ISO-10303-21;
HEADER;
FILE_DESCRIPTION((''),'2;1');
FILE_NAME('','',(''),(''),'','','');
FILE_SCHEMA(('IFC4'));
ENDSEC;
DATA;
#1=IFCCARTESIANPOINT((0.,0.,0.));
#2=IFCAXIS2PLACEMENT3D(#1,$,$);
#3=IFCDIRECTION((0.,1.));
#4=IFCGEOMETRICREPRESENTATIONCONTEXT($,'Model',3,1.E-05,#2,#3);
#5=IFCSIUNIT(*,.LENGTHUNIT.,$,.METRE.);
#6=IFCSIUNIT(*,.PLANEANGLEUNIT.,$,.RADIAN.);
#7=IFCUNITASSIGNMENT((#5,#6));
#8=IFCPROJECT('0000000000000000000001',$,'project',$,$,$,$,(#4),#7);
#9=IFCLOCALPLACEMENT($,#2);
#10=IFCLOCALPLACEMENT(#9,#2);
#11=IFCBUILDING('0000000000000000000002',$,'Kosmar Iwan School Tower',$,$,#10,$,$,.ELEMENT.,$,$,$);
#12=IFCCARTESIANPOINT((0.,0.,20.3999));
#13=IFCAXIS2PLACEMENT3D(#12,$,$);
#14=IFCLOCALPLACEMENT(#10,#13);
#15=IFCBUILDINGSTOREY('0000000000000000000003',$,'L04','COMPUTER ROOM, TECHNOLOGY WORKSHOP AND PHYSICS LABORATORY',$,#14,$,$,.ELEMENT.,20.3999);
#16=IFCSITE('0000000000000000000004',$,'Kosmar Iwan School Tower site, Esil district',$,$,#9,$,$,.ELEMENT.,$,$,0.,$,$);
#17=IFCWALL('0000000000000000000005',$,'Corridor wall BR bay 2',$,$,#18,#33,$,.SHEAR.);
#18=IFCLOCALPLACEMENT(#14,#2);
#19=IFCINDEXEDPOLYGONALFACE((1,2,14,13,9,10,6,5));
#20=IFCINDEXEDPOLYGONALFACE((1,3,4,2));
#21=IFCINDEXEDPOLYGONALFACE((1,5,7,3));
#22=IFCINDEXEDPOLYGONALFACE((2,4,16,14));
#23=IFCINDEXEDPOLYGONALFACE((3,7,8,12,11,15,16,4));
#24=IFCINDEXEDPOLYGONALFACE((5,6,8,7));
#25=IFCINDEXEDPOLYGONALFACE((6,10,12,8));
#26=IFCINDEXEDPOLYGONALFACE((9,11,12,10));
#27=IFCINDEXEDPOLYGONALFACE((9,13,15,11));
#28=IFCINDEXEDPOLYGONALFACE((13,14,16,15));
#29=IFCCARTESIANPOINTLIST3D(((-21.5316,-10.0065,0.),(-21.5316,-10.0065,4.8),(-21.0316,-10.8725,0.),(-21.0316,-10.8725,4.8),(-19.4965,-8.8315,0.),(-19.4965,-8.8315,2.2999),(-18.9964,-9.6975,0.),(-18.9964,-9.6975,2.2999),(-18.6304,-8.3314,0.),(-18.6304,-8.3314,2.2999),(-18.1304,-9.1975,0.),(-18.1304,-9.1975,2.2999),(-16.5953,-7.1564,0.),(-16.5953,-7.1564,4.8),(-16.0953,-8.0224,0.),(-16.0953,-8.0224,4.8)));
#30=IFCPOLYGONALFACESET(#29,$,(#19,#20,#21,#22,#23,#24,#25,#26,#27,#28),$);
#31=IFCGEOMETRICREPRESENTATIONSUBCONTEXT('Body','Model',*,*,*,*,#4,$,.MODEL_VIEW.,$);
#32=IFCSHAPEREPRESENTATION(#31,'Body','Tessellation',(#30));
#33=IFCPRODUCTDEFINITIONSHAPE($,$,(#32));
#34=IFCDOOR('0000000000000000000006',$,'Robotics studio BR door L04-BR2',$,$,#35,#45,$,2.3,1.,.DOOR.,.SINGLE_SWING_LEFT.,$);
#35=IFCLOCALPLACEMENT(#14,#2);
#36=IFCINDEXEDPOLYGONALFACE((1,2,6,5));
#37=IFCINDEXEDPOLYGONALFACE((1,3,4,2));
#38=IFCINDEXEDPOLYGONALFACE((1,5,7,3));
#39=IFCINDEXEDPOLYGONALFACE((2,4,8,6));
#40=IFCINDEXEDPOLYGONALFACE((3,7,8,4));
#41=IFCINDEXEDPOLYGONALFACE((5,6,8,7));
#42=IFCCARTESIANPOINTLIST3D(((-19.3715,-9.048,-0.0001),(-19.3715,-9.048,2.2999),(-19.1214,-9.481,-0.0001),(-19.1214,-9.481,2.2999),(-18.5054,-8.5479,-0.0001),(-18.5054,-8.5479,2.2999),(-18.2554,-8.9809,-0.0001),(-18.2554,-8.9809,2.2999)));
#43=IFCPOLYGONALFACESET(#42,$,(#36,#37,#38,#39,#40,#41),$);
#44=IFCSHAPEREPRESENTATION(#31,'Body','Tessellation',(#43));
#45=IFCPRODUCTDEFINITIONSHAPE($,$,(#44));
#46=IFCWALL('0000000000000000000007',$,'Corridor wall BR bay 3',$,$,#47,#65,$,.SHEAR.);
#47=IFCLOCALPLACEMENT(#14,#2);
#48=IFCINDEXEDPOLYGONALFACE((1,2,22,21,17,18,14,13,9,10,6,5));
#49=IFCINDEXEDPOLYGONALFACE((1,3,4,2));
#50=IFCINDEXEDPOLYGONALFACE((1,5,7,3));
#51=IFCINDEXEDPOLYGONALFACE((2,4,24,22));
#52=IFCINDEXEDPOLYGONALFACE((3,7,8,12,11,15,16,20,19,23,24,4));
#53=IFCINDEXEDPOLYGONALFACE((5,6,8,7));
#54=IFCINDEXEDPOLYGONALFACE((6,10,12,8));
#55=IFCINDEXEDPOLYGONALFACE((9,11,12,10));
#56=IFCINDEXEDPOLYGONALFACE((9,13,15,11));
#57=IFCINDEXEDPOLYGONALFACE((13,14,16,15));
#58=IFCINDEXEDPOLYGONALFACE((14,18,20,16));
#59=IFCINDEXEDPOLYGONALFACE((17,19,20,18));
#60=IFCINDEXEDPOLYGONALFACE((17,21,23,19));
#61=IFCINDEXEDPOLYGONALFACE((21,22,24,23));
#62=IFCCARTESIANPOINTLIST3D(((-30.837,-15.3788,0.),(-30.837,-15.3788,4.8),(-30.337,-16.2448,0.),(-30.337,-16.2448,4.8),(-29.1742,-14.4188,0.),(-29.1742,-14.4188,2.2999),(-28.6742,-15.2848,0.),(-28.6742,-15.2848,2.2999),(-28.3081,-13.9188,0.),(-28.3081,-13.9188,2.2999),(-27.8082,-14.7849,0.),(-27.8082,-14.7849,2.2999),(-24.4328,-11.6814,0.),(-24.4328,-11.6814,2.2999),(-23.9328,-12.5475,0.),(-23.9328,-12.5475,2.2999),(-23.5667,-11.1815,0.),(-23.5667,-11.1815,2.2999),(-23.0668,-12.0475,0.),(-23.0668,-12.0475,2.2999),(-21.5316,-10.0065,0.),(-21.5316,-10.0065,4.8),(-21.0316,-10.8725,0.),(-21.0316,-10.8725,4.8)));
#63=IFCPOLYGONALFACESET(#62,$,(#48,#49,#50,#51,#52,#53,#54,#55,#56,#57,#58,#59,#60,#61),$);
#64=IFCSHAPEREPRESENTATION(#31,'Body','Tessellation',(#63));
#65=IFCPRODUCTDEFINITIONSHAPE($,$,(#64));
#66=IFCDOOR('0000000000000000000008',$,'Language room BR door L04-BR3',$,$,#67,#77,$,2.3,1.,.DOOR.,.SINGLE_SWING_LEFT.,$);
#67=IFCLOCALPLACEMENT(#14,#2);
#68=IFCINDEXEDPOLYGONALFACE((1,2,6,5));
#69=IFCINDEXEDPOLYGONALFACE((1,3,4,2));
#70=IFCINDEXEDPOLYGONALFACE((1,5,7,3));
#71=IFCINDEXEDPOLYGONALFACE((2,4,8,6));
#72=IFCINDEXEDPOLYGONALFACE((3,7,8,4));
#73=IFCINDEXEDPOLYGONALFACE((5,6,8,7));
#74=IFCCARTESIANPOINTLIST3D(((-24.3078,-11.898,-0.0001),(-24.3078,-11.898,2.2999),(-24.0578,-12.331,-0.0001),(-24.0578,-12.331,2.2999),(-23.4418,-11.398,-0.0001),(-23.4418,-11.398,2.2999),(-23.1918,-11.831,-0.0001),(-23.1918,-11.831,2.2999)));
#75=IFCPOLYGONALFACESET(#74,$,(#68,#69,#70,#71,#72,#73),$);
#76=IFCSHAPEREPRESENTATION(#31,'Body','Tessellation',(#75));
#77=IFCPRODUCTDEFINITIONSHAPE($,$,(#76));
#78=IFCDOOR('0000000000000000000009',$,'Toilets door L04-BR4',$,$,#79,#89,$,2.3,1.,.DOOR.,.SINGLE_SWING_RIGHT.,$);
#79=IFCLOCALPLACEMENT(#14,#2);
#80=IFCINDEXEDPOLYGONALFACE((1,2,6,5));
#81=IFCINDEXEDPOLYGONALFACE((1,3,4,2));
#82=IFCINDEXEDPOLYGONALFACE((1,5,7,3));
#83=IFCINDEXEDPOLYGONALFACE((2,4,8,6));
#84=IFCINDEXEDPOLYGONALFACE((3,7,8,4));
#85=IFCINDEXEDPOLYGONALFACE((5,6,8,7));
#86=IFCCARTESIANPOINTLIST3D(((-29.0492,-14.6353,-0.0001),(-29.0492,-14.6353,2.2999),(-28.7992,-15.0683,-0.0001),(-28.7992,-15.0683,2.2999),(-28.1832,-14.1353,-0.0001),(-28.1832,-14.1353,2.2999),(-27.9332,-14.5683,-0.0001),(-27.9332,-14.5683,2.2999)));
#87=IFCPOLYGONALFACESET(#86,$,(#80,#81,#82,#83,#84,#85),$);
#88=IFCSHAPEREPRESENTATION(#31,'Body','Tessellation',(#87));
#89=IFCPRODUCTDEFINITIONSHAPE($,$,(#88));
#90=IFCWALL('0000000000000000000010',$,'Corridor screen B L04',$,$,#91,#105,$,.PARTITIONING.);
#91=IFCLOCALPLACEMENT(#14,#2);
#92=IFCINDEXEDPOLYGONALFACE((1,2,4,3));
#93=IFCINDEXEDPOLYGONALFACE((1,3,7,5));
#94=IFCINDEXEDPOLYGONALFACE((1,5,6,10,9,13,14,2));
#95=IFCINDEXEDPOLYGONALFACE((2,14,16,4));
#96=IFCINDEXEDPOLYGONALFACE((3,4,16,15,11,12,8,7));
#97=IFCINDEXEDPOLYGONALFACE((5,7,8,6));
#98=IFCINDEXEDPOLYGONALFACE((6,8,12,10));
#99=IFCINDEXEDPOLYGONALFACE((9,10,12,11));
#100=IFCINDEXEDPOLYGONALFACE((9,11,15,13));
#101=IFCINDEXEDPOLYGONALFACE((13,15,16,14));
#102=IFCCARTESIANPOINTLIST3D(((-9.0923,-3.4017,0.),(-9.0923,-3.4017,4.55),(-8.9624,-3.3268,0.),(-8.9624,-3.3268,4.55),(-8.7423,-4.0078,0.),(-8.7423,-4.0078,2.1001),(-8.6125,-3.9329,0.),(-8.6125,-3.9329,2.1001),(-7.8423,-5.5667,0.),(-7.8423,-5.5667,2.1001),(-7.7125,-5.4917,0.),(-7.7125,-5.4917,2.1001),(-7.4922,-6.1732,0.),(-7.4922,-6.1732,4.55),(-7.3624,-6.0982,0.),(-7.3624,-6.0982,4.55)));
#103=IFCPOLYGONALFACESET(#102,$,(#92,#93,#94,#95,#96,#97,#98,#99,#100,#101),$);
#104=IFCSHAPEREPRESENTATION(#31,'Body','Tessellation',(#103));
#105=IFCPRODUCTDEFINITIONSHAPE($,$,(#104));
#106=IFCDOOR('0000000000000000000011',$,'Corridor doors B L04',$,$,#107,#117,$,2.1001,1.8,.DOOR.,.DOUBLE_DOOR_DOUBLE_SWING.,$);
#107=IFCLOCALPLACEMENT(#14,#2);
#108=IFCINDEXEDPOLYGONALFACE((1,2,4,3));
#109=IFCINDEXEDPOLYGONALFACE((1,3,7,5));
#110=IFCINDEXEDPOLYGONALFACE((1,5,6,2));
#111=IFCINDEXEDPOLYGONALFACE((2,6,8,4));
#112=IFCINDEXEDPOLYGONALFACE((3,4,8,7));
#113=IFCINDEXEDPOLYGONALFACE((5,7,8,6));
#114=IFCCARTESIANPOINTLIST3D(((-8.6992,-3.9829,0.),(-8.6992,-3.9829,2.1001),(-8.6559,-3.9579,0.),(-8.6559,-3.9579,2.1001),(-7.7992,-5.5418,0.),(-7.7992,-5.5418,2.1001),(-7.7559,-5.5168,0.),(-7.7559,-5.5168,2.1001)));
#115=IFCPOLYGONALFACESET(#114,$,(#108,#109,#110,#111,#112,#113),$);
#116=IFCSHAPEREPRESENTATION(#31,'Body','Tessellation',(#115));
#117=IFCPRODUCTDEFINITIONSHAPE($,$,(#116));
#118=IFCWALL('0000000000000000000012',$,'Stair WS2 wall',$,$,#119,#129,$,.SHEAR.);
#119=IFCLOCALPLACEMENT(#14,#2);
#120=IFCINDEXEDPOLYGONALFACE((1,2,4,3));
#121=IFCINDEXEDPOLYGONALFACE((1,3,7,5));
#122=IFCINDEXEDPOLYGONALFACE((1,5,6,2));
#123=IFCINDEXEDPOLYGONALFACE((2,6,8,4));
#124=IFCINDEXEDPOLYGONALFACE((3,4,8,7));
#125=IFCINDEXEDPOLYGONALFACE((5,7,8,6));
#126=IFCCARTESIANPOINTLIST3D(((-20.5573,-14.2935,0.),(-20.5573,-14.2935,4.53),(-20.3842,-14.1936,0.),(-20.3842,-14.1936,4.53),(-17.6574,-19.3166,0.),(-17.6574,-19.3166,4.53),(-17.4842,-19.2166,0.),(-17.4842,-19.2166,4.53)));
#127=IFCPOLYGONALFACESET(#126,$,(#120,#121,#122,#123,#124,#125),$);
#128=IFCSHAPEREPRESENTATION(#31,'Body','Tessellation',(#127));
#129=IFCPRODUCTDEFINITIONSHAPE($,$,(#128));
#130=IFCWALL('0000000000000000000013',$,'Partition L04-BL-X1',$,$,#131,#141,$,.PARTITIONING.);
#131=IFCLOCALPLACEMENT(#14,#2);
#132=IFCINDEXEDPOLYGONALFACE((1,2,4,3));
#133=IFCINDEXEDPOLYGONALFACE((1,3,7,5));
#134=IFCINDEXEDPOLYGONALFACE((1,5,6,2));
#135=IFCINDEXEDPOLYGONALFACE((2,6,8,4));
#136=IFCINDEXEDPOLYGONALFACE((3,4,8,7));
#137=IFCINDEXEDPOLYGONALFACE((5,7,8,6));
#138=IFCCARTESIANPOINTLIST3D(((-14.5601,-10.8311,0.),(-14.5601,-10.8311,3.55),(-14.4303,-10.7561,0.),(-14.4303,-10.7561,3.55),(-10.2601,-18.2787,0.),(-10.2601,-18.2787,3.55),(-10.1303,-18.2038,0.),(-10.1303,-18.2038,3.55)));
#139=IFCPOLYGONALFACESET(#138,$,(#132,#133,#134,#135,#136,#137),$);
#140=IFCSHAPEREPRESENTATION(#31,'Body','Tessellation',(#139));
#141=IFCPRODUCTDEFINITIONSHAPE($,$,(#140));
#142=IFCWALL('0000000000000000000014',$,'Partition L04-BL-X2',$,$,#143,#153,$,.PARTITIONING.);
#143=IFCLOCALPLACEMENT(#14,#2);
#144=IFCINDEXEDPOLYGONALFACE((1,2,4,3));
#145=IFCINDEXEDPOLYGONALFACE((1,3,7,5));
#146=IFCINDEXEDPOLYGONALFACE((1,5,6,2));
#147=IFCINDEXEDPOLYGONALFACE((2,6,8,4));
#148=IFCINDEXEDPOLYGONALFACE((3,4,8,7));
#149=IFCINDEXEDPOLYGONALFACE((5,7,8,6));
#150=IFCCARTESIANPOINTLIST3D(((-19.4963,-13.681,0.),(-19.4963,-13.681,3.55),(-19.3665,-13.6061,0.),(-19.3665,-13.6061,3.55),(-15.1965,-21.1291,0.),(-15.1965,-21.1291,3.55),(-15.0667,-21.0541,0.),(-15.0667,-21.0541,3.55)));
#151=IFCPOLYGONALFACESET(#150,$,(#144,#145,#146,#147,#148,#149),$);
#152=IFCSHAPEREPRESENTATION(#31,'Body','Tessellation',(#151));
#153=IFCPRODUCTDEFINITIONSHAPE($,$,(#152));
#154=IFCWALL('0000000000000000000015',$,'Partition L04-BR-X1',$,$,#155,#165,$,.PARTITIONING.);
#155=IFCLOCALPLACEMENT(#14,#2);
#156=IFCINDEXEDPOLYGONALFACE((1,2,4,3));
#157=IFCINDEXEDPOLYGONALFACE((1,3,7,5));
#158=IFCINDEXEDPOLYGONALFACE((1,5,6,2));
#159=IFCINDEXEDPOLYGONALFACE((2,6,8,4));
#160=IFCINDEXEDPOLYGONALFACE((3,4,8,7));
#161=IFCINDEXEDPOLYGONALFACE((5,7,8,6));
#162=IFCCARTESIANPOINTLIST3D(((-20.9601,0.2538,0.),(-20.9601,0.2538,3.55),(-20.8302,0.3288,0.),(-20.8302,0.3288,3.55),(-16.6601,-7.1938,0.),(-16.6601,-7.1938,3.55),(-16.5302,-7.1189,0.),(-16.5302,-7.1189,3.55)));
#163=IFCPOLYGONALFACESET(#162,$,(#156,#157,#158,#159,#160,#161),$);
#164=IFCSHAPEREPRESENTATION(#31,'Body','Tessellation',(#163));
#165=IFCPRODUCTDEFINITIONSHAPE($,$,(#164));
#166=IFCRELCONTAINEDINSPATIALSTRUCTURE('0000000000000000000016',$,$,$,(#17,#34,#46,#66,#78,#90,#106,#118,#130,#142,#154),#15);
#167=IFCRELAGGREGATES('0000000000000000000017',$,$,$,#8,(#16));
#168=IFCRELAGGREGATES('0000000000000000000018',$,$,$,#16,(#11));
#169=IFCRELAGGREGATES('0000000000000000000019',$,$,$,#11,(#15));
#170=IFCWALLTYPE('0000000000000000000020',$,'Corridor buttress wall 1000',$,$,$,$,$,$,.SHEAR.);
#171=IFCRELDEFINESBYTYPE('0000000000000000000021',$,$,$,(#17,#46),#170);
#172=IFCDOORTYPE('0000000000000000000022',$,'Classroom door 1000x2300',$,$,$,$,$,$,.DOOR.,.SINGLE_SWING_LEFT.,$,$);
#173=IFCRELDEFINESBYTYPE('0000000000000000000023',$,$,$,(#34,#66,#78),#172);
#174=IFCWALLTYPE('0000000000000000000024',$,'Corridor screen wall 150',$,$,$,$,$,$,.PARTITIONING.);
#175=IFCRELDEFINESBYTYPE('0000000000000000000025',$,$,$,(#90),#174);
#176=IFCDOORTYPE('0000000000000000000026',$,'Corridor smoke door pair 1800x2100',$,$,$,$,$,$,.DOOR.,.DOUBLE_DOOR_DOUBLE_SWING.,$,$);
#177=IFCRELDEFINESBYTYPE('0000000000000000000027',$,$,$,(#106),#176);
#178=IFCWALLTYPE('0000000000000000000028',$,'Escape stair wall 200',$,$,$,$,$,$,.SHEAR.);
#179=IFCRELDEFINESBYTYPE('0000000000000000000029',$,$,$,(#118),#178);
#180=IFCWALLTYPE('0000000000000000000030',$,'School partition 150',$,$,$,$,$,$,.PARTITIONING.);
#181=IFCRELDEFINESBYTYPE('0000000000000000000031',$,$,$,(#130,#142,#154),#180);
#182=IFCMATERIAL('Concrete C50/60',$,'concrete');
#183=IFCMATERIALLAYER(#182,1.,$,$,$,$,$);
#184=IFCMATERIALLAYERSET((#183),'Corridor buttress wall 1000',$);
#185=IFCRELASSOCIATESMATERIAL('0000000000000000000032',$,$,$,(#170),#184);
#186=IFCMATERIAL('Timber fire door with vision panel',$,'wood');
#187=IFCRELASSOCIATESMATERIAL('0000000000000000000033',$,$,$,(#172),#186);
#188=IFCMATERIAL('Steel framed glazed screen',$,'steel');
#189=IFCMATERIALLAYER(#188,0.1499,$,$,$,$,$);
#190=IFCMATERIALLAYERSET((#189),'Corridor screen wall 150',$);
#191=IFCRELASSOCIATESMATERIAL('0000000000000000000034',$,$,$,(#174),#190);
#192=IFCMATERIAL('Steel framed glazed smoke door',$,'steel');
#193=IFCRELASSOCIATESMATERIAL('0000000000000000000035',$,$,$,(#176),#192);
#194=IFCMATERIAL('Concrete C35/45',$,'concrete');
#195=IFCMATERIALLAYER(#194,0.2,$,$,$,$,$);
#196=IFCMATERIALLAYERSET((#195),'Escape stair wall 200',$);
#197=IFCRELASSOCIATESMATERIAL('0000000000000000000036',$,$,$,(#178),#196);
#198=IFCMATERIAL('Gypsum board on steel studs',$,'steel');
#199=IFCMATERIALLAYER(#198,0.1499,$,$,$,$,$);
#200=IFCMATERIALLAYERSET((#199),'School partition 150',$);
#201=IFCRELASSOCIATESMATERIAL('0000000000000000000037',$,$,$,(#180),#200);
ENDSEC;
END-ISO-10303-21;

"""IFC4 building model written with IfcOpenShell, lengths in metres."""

from ifc_helpers import new_model, si_unit, direction, frame, frame_2d, origin, place, context, subcontext, project, spatial, rectangle, extrude, material, layer, layer_set, type_object, element, fill, save


model = new_model("IFC4")

# Units and contexts
model_context = context("Model", 3, precision=1e-05, world=origin(), true_north=direction((0.0, 1.0)))
body_context = subcontext(model_context, "Body", "Model", "MODEL_VIEW")
ifc_project = project(units=[si_unit("LENGTHUNIT", "METRE"), si_unit("PLANEANGLEUNIT", "RADIAN")], contexts=[model_context])

# Site, building, storey
site_placement = place(None, origin())
site = spatial("IfcSite", under=ifc_project, at=site_placement, Name="Kosmar Iwan School Tower site, Esil district", CompositionType="ELEMENT", RefElevation=0.0)
building_placement = place(site_placement, origin())
building = spatial("IfcBuilding", under=site, at=building_placement, Name="Kosmar Iwan School Tower", CompositionType="ELEMENT")
storey_placement = place(building_placement, frame((0.0, 0.0, 20.3999)))
storey = spatial("IfcBuildingStorey", under=building, at=storey_placement, Name="L04", Description="COMPUTER ROOM, TECHNOLOGY WORKSHOP AND PHYSICS LABORATORY", CompositionType="ELEMENT", Elevation=20.3999)

# Shared definitions
ifc_material_1 = material(Name="Concrete C50/60", Category="concrete")
ifc_layer_1 = layer(ifc_material_1, 1.0)
ifc_layer_set_1 = layer_set([ifc_layer_1], Name="Corridor buttress wall 1000")
wall_type_1 = type_object("IfcWallType", Name="Corridor buttress wall 1000", PredefinedType="SHEAR", material=ifc_layer_set_1)
ifc_material_2 = material(Name="Timber fire door with vision panel", Category="wood")
door_type_1 = type_object("IfcDoorType", Name="Classroom door 1000x2300", OperationType="SINGLE_SWING_LEFT", PredefinedType="DOOR", material=ifc_material_2)

# Wall, opening, door
wall_1_placement = place(storey_placement, frame((-16.3452, -7.5894, 0.0), z_axis=(0.0, 0.0, 1.0), x_axis=(-0.866015, -0.500018, 0.0)))
wall_1 = element("IfcWall", 1, at=wall_1_placement, inside=storey, type_object=wall_type_1, Name="Corridor wall BR bay 2", PredefinedType="SHEAR", context=body_context, shape_type="SweptSolid", body=[
    extrude(rectangle(XDim=5.7, YDim=1.0, at=frame_2d((2.8501, 0.0))), origin(), (0.0, 0.0, 1.0), 4.8),
])
opening_1_placement = place(wall_1_placement, frame((2.3501, 0.0, 0.0)))
opening_1 = element("IfcOpeningElement", 2, at=opening_1_placement, cuts=wall_1, PredefinedType="OPENING", context=body_context, shape_type="SweptSolid", body=[
    extrude(rectangle(XDim=1.0, YDim=2.3, at=frame_2d((0.5, 1.1499))), frame((0.0, 0.512, 0.0), z_axis=(0.0, -1.0, 0.0), x_axis=(1.0, 0.0, 0.0)), (0.0, 0.0, 1.0), 1.0239),
])
door_1_placement = place(opening_1_placement, origin())
door_1 = element("IfcDoor", 3, at=door_1_placement, inside=storey, type_object=door_type_1, Name="Robotics studio BR door L04-BR2", OperationType="SINGLE_SWING_LEFT", OverallHeight=2.3, OverallWidth=1.0, PredefinedType="DOOR", context=body_context, shape_type="SweptSolid", body=[
    extrude(rectangle(XDim=1.0, YDim=2.3, at=frame_2d((0.5, 1.1499))), frame((0.0, 0.25, 0.0), z_axis=(0.0, -1.0, 0.0), x_axis=(1.0, 0.0, 0.0)), (0.0, 0.0, 1.0), 0.5),
])
fill(opening_1, door_1)

# Wall, openings, doors
wall_2_placement = place(storey_placement, frame((-21.2815, -10.4395, 0.0), z_axis=(0.0, 0.0, 1.0), x_axis=(-0.866032, -0.499988, 0.0)))
wall_2 = element("IfcWall", 4, at=wall_2_placement, inside=storey, type_object=wall_type_1, Name="Corridor wall BR bay 3", PredefinedType="SHEAR", context=body_context, shape_type="SweptSolid", body=[
    extrude(rectangle(XDim=10.7449, YDim=1.0, at=frame_2d((5.3726, 0.0))), origin(), (0.0, 0.0, 1.0), 4.8),
])
opening_2_placement = place(wall_2_placement, frame((2.3501, 0.0, 0.0)))
opening_2 = element("IfcOpeningElement", 5, at=opening_2_placement, cuts=wall_2, PredefinedType="OPENING", context=body_context, shape_type="SweptSolid", body=[
    extrude(rectangle(XDim=1.0, YDim=2.3, at=frame_2d((0.5, 1.1499))), frame((0.0, 0.512, 0.0), z_axis=(0.0, -1.0, 0.0), x_axis=(1.0, 0.0, 0.0)), (0.0, 0.0, 1.0), 1.0239),
])
opening_3_placement = place(wall_2_placement, frame((7.825, 0.0, 0.0)))
opening_3 = element("IfcOpeningElement", 6, at=opening_3_placement, cuts=wall_2, PredefinedType="OPENING", context=body_context, shape_type="SweptSolid", body=[
    extrude(rectangle(XDim=1.0, YDim=2.3, at=frame_2d((0.5, 1.1499))), frame((0.0, 0.512, 0.0), z_axis=(0.0, -1.0, 0.0), x_axis=(1.0, 0.0, 0.0)), (0.0, 0.0, 1.0), 1.0239),
])
door_2_placement = place(opening_2_placement, origin())
door_2 = element("IfcDoor", 7, at=door_2_placement, inside=storey, type_object=door_type_1, Name="Language room BR door L04-BR3", OperationType="SINGLE_SWING_LEFT", OverallHeight=2.3, OverallWidth=1.0, PredefinedType="DOOR", context=body_context, shape_type="SweptSolid", body=[
    extrude(rectangle(XDim=1.0, YDim=2.3, at=frame_2d((0.5, 1.1499))), frame((0.0, 0.25, 0.0), z_axis=(0.0, -1.0, 0.0), x_axis=(1.0, 0.0, 0.0)), (0.0, 0.0, 1.0), 0.5),
])
fill(opening_2, door_2)
door_3_placement = place(opening_3_placement, origin())
door_3 = element("IfcDoor", 8, at=door_3_placement, inside=storey, type_object=door_type_1, Name="Toilets door L04-BR4", OperationType="SINGLE_SWING_RIGHT", OverallHeight=2.3, OverallWidth=1.0, PredefinedType="DOOR", context=body_context, shape_type="SweptSolid", body=[
    extrude(rectangle(XDim=1.0, YDim=2.3, at=frame_2d((0.5, 1.1499))), frame((0.0, 0.25, 0.0), z_axis=(0.0, -1.0, 0.0), x_axis=(1.0, 0.0, 0.0)), (0.0, 0.0, 1.0), 0.5),
])
fill(opening_3, door_3)

# Wall, opening, door
ifc_material_3 = material(Name="Steel framed glazed screen", Category="steel")
ifc_layer_2 = layer(ifc_material_3, 0.1499)
ifc_layer_set_2 = layer_set([ifc_layer_2], Name="Corridor screen wall 150")
wall_type_2 = type_object("IfcWallType", Name="Corridor screen wall 150", PredefinedType="PARTITIONING", material=ifc_layer_set_2)
wall_3_placement = place(storey_placement, frame((-9.0273, -3.3643, 0.0), z_axis=(0.0, 0.0, 1.0), x_axis=(0.499995, -0.866028, 0.0)))
wall_3 = element("IfcWall", 9, at=wall_3_placement, inside=storey, type_object=wall_type_2, Name="Corridor screen B L04", PredefinedType="PARTITIONING", context=body_context, shape_type="SweptSolid", body=[
    extrude(rectangle(XDim=3.2002, YDim=0.1499, at=frame_2d((1.6001, 0.0))), origin(), (0.0, 0.0, 1.0), 4.55),
])
opening_4_placement = place(wall_3_placement, frame((0.7, 0.0, 0.0)))
opening_4 = element("IfcOpeningElement", 10, at=opening_4_placement, cuts=wall_3, PredefinedType="OPENING", context=body_context, shape_type="SweptSolid", body=[
    extrude(rectangle(XDim=1.8, YDim=2.1001, at=frame_2d((0.8999, 1.05))), frame((0.0, 0.0869, 0.0), z_axis=(0.0, -1.0, 0.0), x_axis=(1.0, 0.0, 0.0)), (0.0, 0.0, 1.0), 0.1738),
])
ifc_material_4 = material(Name="Steel framed glazed smoke door", Category="steel")
door_type_2 = type_object("IfcDoorType", Name="Corridor smoke door pair 1800x2100", OperationType="DOUBLE_DOOR_DOUBLE_SWING", PredefinedType="DOOR", material=ifc_material_4)
door_4_placement = place(opening_4_placement, origin())
door_4 = element("IfcDoor", 11, at=door_4_placement, inside=storey, type_object=door_type_2, Name="Corridor doors B L04", OperationType="DOUBLE_DOOR_DOUBLE_SWING", OverallHeight=2.1001, OverallWidth=1.8, PredefinedType="DOOR", context=body_context, shape_type="SweptSolid", body=[
    extrude(rectangle(XDim=1.8, YDim=2.1001, at=frame_2d((0.8999, 1.05))), frame((0.0, 0.0249, 0.0), z_axis=(0.0, -1.0, 0.0), x_axis=(1.0, 0.0, 0.0)), (0.0, 0.0, 1.0), 0.05),
])
fill(opening_4, door_4)

# Walls
ifc_material_5 = material(Name="Concrete C35/45", Category="concrete")
ifc_layer_3 = layer(ifc_material_5, 0.2)
ifc_layer_set_3 = layer_set([ifc_layer_3], Name="Escape stair wall 200")
wall_type_3 = type_object("IfcWallType", Name="Escape stair wall 200", PredefinedType="SHEAR", material=ifc_layer_set_3)
wall_4_placement = place(storey_placement, frame((-20.4707, -14.2437, 0.0), z_axis=(0.0, 0.0, 1.0), x_axis=(0.499987, -0.866033, 0.0)))
element("IfcWall", 12, at=wall_4_placement, inside=storey, type_object=wall_type_3, Name="Stair WS2 wall", PredefinedType="SHEAR", context=body_context, shape_type="SweptSolid", body=[
    extrude(rectangle(XDim=5.8, YDim=0.2, at=frame_2d((2.8999, 0.0))), origin(), (0.0, 0.0, 1.0), 4.53),
])
ifc_material_6 = material(Name="Gypsum board on steel studs", Category="steel")
ifc_layer_4 = layer(ifc_material_6, 0.1499)
ifc_layer_set_4 = layer_set([ifc_layer_4], Name="School partition 150")
wall_type_4 = type_object("IfcWallType", Name="School partition 150", PredefinedType="PARTITIONING", material=ifc_layer_set_4)
wall_5_placement = place(storey_placement, frame((-14.4951, -10.7937, 0.0), z_axis=(0.0, 0.0, 1.0), x_axis=(0.500008, -0.866021, 0.0)))
element("IfcWall", 13, at=wall_5_placement, inside=storey, type_object=wall_type_4, Name="Partition L04-BL-X1", PredefinedType="PARTITIONING", context=body_context, shape_type="SweptSolid", body=[
    extrude(rectangle(XDim=8.5999, YDim=0.1499, at=frame_2d((4.2998, 0.0))), origin(), (0.0, 0.0, 1.0), 3.55),
])
wall_6_placement = place(storey_placement, frame((-19.4314, -13.6436, 0.0), z_axis=(0.0, 0.0, 1.0), x_axis=(0.499974, -0.86604, 0.0)))
element("IfcWall", 14, at=wall_6_placement, inside=storey, type_object=wall_type_4, Name="Partition L04-BL-X2", PredefinedType="PARTITIONING", context=body_context, shape_type="SweptSolid", body=[
    extrude(rectangle(XDim=8.6001, YDim=0.1499, at=frame_2d((4.3, 0.0))), origin(), (0.0, 0.0, 1.0), 3.55),
])
for number, where, z_axis, x_axis, name in (
    (15, (-16.5952, -7.1562, 0.0), (0.0, 0.0, 1.0), (-0.500008, 0.866021, 0.0), "Partition L04-BR-X1"),
):
    element("IfcWall", number, at=place(storey_placement, frame(where, z_axis=z_axis, x_axis=x_axis)), inside=storey, type_object=wall_type_4, Name=name, PredefinedType="PARTITIONING", context=body_context, shape_type="SweptSolid", body=[
        extrude(rectangle(XDim=8.5999, YDim=0.1499, at=frame_2d((4.2998, 0.0))), origin(), (0.0, 0.0, 1.0), 3.55),
    ])

save(model, "model.ifc")
